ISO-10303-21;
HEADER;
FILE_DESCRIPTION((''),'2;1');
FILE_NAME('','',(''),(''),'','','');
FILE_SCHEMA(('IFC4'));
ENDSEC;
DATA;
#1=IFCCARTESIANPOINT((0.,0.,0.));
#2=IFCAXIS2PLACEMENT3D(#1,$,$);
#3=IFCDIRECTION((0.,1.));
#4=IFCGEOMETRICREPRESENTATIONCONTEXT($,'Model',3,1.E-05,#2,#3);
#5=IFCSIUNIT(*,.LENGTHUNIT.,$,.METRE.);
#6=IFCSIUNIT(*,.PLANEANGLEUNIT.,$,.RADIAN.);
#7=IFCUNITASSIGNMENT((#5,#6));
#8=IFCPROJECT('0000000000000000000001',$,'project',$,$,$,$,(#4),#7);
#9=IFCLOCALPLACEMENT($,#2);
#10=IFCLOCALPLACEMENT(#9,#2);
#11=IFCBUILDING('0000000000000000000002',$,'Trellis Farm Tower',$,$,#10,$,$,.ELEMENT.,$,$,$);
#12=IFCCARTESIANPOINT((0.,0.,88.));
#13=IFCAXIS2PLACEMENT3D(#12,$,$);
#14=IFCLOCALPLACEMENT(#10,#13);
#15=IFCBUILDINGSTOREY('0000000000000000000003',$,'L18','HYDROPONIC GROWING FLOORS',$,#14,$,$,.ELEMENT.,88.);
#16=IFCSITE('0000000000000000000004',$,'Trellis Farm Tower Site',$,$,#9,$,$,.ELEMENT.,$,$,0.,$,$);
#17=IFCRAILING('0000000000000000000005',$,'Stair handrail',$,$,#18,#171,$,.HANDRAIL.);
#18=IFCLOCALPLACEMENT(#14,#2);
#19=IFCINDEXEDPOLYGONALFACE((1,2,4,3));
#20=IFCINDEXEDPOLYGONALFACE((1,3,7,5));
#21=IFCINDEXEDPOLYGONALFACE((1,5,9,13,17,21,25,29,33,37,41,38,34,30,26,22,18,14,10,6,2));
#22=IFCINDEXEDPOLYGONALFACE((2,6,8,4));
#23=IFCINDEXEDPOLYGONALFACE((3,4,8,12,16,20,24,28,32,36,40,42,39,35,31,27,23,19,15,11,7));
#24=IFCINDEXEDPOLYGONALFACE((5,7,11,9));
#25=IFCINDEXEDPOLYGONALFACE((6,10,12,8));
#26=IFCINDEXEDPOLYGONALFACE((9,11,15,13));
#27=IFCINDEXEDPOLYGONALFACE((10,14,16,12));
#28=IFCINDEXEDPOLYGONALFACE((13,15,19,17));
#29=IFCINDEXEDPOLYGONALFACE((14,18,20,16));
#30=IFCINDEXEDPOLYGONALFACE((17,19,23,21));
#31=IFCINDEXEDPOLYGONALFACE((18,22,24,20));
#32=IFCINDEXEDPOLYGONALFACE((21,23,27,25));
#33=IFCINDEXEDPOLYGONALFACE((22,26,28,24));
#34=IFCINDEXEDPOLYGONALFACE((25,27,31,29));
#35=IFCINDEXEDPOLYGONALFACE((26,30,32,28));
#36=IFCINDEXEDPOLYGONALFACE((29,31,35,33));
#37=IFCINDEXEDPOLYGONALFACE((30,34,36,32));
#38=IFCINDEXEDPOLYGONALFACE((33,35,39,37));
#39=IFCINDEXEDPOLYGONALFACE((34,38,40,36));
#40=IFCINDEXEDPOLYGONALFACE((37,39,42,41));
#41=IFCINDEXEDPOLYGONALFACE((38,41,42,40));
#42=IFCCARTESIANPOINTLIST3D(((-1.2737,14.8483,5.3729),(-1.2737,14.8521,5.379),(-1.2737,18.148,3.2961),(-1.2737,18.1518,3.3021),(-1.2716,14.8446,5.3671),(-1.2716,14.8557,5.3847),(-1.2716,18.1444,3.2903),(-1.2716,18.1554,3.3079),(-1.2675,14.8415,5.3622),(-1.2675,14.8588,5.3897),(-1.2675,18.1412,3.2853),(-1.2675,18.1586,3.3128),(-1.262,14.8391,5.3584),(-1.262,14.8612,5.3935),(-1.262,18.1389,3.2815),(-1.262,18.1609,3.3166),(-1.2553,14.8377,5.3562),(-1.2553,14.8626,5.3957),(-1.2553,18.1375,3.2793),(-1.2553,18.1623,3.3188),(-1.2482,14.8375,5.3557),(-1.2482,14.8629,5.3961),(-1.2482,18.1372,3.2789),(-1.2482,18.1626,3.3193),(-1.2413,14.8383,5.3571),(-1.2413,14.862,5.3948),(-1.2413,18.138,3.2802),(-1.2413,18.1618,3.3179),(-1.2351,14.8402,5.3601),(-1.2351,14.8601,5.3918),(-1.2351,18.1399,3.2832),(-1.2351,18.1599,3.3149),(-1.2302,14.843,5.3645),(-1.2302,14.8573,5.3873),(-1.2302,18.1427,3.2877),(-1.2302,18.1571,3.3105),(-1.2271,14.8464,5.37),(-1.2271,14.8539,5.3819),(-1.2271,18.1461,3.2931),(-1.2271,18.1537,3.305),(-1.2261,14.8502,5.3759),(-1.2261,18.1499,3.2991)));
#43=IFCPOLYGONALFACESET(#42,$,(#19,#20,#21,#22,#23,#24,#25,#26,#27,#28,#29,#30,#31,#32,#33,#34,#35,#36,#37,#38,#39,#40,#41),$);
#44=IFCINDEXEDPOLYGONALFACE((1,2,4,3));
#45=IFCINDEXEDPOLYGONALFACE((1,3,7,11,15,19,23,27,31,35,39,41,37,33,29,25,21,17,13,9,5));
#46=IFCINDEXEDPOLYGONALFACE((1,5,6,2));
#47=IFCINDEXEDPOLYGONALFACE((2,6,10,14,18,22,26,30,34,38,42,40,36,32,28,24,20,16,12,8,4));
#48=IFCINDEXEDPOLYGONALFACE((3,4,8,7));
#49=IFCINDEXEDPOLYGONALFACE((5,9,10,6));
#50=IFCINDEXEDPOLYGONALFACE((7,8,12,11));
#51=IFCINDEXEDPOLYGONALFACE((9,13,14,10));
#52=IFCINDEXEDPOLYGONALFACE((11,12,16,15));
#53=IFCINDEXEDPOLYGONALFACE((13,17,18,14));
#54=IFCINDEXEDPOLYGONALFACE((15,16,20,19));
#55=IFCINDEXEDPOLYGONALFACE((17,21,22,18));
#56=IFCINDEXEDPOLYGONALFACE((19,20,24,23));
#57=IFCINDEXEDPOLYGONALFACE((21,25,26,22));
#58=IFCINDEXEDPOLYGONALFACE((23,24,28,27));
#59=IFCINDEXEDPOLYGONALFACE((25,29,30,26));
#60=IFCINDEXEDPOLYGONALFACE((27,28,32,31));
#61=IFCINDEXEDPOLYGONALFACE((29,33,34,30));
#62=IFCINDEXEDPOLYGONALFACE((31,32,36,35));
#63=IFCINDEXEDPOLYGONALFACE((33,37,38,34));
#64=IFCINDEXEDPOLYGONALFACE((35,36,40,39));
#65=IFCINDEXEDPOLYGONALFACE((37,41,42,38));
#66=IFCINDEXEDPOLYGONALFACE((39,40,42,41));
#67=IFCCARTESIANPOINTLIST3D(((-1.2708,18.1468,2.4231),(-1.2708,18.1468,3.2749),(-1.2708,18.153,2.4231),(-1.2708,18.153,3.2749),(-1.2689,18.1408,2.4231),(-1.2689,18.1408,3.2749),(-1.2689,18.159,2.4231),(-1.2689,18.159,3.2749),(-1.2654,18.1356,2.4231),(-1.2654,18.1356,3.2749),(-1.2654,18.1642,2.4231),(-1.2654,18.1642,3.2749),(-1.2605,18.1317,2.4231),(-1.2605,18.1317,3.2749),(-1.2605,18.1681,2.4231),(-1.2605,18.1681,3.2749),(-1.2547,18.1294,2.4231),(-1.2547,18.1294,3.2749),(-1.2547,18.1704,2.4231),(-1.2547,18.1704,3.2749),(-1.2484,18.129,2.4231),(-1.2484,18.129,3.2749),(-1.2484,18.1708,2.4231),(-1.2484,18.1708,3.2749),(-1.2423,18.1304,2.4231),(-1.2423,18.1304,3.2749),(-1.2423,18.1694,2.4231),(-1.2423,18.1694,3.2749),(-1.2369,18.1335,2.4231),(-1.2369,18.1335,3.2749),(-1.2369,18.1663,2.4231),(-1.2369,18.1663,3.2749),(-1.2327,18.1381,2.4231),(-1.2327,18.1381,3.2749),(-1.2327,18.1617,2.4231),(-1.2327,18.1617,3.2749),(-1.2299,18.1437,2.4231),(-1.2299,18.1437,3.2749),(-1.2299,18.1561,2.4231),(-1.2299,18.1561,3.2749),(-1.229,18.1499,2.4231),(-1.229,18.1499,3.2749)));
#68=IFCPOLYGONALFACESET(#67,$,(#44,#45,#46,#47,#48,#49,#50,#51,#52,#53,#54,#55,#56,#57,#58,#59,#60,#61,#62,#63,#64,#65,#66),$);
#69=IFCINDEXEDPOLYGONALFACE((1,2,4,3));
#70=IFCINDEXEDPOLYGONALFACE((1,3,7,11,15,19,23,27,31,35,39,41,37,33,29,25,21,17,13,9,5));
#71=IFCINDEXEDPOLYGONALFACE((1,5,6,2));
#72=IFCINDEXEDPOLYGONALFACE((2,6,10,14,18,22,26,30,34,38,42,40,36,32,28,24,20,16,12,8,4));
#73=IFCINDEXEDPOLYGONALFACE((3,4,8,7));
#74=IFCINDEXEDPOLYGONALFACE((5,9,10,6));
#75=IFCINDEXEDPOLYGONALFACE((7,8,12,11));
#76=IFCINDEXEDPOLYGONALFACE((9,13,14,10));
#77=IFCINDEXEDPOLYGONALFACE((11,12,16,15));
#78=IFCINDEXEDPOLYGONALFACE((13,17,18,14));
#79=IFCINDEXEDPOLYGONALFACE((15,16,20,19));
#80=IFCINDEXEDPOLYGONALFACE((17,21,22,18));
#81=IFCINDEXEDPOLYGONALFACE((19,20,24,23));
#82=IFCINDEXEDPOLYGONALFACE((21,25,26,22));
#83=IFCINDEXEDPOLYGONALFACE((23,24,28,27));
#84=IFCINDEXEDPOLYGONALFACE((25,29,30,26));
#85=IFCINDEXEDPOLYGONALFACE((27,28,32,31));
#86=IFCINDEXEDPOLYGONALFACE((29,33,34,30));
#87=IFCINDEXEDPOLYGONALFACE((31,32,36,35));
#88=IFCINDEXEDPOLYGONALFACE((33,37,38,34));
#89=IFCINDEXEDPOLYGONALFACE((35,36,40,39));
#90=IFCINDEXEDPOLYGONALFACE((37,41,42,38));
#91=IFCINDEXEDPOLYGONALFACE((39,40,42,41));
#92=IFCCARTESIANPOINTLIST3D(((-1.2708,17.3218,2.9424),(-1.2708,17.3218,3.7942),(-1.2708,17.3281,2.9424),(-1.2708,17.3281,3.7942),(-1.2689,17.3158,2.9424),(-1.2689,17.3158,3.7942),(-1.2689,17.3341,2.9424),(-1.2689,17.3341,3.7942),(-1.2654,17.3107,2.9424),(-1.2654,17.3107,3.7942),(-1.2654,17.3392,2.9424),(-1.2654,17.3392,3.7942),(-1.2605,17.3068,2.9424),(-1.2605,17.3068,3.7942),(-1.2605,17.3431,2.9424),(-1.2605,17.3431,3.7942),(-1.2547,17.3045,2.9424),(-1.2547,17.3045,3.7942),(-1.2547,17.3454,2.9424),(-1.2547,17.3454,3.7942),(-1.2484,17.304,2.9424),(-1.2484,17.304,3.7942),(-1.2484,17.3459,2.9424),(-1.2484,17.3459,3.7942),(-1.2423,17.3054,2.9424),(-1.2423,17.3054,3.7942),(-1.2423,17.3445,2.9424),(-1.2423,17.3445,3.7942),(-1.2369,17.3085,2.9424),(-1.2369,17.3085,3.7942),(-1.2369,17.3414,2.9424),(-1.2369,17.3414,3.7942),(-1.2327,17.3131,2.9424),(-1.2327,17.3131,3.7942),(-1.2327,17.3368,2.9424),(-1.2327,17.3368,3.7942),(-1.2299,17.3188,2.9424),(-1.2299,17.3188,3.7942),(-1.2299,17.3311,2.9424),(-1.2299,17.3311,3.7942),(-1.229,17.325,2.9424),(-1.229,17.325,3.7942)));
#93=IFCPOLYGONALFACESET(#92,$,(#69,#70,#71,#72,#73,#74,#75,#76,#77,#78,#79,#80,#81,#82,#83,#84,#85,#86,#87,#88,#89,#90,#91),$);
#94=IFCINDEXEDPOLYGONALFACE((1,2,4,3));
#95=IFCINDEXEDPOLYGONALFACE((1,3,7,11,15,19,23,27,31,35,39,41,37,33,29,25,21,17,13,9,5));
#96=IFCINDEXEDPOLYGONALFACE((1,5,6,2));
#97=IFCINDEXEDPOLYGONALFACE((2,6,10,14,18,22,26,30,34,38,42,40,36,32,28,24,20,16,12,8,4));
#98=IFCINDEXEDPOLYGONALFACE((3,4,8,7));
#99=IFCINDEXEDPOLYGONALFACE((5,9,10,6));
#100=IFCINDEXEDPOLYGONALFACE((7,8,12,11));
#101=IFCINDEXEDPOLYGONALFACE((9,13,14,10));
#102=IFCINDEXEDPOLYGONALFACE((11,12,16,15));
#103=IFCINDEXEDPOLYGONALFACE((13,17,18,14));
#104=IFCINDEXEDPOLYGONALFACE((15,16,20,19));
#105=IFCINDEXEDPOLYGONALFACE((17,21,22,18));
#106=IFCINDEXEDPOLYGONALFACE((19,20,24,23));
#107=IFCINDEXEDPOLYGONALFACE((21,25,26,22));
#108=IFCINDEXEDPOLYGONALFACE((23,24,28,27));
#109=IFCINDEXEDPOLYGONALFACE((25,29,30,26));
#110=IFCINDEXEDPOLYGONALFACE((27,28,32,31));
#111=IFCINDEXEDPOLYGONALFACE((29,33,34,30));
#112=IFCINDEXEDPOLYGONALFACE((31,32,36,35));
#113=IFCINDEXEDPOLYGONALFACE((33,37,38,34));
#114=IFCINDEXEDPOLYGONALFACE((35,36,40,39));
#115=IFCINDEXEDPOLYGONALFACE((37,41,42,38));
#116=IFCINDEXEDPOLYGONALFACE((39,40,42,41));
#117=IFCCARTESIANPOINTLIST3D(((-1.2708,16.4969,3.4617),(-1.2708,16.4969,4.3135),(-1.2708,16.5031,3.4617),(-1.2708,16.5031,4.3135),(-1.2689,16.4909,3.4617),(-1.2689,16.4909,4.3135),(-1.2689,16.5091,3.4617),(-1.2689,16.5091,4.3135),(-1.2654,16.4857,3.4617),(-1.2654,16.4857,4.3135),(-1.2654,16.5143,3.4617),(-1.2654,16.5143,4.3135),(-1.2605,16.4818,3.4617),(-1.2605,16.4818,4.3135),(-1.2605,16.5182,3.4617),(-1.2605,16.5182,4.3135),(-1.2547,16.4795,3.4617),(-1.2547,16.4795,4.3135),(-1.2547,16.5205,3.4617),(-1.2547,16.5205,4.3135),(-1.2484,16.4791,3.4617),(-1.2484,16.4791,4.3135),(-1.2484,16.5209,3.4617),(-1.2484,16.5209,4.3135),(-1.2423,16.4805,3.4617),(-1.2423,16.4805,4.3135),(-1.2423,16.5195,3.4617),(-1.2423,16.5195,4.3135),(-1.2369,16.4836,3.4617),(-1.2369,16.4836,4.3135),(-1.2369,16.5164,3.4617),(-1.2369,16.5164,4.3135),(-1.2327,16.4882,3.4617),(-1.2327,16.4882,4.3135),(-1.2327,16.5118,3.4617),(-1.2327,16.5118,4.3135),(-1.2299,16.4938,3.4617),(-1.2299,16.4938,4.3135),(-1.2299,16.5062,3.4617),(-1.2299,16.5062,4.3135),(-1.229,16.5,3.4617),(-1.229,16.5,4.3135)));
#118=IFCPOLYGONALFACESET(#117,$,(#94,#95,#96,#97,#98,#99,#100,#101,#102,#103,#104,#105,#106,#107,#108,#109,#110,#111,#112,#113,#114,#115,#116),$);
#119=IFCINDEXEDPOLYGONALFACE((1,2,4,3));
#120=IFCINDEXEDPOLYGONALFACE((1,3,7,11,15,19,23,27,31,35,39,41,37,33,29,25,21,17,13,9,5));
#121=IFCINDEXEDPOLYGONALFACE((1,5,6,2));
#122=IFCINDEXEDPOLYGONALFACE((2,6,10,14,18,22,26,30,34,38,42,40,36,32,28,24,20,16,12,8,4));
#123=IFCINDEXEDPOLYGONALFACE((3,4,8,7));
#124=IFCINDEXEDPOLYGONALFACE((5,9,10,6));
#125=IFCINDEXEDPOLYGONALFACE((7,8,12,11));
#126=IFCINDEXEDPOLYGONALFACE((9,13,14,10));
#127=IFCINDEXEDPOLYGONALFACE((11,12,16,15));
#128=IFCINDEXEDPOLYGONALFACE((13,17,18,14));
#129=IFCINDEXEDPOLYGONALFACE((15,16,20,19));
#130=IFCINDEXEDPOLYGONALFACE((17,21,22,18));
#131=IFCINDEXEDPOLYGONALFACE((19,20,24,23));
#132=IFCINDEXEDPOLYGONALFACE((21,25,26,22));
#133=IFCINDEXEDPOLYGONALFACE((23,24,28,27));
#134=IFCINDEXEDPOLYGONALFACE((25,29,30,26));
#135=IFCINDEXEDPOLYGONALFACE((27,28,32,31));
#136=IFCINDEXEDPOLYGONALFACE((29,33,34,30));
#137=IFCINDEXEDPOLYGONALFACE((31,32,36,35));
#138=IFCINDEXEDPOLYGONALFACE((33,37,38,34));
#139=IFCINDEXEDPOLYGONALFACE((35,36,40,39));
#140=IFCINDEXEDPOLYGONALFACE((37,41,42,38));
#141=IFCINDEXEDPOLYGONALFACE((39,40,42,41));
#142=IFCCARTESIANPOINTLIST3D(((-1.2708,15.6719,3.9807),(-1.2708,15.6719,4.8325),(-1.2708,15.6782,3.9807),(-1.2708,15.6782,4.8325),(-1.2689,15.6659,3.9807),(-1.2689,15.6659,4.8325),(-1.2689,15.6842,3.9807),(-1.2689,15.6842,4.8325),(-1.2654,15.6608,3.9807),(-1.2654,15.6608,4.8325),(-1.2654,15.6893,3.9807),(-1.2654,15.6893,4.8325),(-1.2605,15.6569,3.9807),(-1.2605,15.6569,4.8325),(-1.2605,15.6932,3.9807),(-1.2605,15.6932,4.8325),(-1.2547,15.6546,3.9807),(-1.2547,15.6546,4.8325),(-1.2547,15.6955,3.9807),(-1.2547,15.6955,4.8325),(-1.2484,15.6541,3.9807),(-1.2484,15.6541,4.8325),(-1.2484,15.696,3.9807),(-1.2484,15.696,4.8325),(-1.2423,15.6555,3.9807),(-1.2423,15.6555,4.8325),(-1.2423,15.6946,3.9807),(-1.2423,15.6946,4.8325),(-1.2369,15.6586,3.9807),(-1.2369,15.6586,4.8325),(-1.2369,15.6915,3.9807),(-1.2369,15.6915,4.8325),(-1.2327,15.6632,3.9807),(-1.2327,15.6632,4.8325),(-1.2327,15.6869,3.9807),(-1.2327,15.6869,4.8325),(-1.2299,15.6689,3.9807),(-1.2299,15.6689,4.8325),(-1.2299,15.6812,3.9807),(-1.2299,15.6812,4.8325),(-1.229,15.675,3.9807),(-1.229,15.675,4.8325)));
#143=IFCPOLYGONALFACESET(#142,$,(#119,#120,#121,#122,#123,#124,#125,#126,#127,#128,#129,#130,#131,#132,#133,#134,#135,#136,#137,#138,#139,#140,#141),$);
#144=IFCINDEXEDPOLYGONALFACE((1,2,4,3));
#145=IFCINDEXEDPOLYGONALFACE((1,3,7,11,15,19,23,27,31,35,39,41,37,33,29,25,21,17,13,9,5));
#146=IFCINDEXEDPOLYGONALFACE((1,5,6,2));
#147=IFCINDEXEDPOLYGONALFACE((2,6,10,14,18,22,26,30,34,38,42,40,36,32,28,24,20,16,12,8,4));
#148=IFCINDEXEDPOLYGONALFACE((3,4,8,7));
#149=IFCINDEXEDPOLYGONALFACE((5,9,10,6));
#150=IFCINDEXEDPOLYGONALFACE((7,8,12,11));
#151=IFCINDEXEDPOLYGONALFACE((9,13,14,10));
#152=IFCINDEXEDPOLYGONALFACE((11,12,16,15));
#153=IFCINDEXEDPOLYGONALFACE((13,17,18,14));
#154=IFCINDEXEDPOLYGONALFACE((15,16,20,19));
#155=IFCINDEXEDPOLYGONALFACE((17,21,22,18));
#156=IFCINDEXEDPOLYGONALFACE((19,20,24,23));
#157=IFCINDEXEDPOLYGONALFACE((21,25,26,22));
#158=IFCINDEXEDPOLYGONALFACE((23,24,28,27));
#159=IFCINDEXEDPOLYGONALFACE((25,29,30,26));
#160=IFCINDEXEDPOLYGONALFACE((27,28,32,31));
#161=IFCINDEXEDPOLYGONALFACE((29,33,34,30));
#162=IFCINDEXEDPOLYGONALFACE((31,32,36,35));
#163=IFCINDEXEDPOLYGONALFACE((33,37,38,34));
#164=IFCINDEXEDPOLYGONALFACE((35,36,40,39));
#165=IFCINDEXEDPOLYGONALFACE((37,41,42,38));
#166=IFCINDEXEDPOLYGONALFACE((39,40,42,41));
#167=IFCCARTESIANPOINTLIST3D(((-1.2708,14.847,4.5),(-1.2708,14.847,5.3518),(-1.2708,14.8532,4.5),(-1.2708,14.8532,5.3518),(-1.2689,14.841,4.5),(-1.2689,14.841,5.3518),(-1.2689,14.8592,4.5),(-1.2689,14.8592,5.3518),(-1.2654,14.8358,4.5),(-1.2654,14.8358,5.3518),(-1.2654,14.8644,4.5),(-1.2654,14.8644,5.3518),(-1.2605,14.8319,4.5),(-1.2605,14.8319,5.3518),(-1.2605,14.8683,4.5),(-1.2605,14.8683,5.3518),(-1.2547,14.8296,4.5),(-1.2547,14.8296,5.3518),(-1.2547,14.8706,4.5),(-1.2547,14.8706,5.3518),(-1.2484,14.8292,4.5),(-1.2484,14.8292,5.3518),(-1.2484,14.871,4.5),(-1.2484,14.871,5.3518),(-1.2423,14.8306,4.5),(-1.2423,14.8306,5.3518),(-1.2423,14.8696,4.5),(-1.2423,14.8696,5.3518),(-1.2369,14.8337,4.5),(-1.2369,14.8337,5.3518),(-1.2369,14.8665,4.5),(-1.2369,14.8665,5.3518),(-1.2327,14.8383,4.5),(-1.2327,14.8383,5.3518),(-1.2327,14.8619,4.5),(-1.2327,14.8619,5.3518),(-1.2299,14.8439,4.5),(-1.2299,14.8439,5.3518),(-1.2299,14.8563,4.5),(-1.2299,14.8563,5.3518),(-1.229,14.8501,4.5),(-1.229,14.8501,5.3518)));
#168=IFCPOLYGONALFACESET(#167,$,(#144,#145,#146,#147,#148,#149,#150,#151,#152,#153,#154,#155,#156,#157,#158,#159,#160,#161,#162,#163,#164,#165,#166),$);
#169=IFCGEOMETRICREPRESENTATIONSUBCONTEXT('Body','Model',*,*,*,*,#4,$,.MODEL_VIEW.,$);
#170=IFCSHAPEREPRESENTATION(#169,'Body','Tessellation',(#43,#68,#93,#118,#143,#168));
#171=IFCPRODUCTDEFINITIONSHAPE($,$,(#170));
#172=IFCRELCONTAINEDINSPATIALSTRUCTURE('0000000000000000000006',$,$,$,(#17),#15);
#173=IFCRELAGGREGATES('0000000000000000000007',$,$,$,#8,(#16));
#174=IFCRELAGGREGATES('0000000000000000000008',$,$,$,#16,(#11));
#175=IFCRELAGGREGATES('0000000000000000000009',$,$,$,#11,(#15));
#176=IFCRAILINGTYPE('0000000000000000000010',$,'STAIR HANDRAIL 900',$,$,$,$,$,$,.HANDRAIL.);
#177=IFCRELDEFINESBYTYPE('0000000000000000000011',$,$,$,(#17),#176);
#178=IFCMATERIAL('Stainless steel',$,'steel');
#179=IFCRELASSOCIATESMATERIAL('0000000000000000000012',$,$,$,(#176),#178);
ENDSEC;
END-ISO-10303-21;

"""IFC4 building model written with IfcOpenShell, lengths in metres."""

from ifc_helpers import new_model, si_unit, direction, frame, origin, origin_2d, place, context, subcontext, project, spatial, circle, extrude, source, transform, mapped, material, type_object, element, save


model = new_model("IFC4")

# Units and contexts
model_context = context("Model", 3, precision=1e-05, world=origin(), true_north=direction((0.0, 1.0)))
body_context = subcontext(model_context, "Body", "Model", "MODEL_VIEW")
ifc_project = project(units=[si_unit("LENGTHUNIT", "METRE"), si_unit("PLANEANGLEUNIT", "RADIAN")], contexts=[model_context])

# Site, building, storey
site_placement = place(None, origin())
site = spatial("IfcSite", under=ifc_project, at=site_placement, Name="Trellis Farm Tower Site", CompositionType="ELEMENT", RefElevation=0.0)
building_placement = place(site_placement, origin())
building = spatial("IfcBuilding", under=site, at=building_placement, Name="Trellis Farm Tower", CompositionType="ELEMENT")
storey_placement = place(building_placement, frame((0.0, 0.0, 88.0)))
storey = spatial("IfcBuildingStorey", under=building, at=storey_placement, Name="L18", Description="HYDROPONIC GROWING FLOORS", CompositionType="ELEMENT", Elevation=88.0)

# Railing
ifc_material_1 = material(Name="Stainless steel", Category="steel")
railing_type = type_object("IfcRailingType", Name="STAIR HANDRAIL 900", PredefinedType="HANDRAIL", material=ifc_material_1)
shared_shape_1 = source(origin(), body_context, "Body", "SweptSolid", [
    extrude(circle(Radius=0.0239, at=origin_2d()), frame((0.0, 0.0, 0.876), z_axis=(0.0, -0.84632, 0.532675), x_axis=(1.0, 0.0, 0.0)), (0.0, 0.0, 1.0), 3.8989),
    extrude(circle(Radius=0.021, at=origin_2d()), origin(), (0.0, 0.0, 1.0), 0.8518),
    extrude(circle(Radius=0.021, at=origin_2d()), frame((0.0, -0.825, 0.5193)), (0.0, 0.0, 1.0), 0.8518),
    extrude(circle(Radius=0.021, at=origin_2d()), frame((0.0, -1.6499, 1.0386)), (0.0, 0.0, 1.0), 0.8518),
    extrude(circle(Radius=0.021, at=origin_2d()), frame((0.0, -2.4749, 1.5576)), (0.0, 0.0, 1.0), 0.8518),
    extrude(circle(Radius=0.021, at=origin_2d()), frame((0.0, -3.2998, 2.0769)), (0.0, 0.0, 1.0), 0.8518),
])
railing_placement = place(storey_placement, frame((-1.25, 18.1499, 2.4231)))
element("IfcRailing", 1, at=railing_placement, inside=storey, type_object=railing_type, Name="Stair handrail", PredefinedType="HANDRAIL", context=body_context, shape_type="MappedRepresentation", body=[
    mapped(shared_shape_1, transform((0.0, 0.0, 0.0))),
])

save(model, "model.ifc")
